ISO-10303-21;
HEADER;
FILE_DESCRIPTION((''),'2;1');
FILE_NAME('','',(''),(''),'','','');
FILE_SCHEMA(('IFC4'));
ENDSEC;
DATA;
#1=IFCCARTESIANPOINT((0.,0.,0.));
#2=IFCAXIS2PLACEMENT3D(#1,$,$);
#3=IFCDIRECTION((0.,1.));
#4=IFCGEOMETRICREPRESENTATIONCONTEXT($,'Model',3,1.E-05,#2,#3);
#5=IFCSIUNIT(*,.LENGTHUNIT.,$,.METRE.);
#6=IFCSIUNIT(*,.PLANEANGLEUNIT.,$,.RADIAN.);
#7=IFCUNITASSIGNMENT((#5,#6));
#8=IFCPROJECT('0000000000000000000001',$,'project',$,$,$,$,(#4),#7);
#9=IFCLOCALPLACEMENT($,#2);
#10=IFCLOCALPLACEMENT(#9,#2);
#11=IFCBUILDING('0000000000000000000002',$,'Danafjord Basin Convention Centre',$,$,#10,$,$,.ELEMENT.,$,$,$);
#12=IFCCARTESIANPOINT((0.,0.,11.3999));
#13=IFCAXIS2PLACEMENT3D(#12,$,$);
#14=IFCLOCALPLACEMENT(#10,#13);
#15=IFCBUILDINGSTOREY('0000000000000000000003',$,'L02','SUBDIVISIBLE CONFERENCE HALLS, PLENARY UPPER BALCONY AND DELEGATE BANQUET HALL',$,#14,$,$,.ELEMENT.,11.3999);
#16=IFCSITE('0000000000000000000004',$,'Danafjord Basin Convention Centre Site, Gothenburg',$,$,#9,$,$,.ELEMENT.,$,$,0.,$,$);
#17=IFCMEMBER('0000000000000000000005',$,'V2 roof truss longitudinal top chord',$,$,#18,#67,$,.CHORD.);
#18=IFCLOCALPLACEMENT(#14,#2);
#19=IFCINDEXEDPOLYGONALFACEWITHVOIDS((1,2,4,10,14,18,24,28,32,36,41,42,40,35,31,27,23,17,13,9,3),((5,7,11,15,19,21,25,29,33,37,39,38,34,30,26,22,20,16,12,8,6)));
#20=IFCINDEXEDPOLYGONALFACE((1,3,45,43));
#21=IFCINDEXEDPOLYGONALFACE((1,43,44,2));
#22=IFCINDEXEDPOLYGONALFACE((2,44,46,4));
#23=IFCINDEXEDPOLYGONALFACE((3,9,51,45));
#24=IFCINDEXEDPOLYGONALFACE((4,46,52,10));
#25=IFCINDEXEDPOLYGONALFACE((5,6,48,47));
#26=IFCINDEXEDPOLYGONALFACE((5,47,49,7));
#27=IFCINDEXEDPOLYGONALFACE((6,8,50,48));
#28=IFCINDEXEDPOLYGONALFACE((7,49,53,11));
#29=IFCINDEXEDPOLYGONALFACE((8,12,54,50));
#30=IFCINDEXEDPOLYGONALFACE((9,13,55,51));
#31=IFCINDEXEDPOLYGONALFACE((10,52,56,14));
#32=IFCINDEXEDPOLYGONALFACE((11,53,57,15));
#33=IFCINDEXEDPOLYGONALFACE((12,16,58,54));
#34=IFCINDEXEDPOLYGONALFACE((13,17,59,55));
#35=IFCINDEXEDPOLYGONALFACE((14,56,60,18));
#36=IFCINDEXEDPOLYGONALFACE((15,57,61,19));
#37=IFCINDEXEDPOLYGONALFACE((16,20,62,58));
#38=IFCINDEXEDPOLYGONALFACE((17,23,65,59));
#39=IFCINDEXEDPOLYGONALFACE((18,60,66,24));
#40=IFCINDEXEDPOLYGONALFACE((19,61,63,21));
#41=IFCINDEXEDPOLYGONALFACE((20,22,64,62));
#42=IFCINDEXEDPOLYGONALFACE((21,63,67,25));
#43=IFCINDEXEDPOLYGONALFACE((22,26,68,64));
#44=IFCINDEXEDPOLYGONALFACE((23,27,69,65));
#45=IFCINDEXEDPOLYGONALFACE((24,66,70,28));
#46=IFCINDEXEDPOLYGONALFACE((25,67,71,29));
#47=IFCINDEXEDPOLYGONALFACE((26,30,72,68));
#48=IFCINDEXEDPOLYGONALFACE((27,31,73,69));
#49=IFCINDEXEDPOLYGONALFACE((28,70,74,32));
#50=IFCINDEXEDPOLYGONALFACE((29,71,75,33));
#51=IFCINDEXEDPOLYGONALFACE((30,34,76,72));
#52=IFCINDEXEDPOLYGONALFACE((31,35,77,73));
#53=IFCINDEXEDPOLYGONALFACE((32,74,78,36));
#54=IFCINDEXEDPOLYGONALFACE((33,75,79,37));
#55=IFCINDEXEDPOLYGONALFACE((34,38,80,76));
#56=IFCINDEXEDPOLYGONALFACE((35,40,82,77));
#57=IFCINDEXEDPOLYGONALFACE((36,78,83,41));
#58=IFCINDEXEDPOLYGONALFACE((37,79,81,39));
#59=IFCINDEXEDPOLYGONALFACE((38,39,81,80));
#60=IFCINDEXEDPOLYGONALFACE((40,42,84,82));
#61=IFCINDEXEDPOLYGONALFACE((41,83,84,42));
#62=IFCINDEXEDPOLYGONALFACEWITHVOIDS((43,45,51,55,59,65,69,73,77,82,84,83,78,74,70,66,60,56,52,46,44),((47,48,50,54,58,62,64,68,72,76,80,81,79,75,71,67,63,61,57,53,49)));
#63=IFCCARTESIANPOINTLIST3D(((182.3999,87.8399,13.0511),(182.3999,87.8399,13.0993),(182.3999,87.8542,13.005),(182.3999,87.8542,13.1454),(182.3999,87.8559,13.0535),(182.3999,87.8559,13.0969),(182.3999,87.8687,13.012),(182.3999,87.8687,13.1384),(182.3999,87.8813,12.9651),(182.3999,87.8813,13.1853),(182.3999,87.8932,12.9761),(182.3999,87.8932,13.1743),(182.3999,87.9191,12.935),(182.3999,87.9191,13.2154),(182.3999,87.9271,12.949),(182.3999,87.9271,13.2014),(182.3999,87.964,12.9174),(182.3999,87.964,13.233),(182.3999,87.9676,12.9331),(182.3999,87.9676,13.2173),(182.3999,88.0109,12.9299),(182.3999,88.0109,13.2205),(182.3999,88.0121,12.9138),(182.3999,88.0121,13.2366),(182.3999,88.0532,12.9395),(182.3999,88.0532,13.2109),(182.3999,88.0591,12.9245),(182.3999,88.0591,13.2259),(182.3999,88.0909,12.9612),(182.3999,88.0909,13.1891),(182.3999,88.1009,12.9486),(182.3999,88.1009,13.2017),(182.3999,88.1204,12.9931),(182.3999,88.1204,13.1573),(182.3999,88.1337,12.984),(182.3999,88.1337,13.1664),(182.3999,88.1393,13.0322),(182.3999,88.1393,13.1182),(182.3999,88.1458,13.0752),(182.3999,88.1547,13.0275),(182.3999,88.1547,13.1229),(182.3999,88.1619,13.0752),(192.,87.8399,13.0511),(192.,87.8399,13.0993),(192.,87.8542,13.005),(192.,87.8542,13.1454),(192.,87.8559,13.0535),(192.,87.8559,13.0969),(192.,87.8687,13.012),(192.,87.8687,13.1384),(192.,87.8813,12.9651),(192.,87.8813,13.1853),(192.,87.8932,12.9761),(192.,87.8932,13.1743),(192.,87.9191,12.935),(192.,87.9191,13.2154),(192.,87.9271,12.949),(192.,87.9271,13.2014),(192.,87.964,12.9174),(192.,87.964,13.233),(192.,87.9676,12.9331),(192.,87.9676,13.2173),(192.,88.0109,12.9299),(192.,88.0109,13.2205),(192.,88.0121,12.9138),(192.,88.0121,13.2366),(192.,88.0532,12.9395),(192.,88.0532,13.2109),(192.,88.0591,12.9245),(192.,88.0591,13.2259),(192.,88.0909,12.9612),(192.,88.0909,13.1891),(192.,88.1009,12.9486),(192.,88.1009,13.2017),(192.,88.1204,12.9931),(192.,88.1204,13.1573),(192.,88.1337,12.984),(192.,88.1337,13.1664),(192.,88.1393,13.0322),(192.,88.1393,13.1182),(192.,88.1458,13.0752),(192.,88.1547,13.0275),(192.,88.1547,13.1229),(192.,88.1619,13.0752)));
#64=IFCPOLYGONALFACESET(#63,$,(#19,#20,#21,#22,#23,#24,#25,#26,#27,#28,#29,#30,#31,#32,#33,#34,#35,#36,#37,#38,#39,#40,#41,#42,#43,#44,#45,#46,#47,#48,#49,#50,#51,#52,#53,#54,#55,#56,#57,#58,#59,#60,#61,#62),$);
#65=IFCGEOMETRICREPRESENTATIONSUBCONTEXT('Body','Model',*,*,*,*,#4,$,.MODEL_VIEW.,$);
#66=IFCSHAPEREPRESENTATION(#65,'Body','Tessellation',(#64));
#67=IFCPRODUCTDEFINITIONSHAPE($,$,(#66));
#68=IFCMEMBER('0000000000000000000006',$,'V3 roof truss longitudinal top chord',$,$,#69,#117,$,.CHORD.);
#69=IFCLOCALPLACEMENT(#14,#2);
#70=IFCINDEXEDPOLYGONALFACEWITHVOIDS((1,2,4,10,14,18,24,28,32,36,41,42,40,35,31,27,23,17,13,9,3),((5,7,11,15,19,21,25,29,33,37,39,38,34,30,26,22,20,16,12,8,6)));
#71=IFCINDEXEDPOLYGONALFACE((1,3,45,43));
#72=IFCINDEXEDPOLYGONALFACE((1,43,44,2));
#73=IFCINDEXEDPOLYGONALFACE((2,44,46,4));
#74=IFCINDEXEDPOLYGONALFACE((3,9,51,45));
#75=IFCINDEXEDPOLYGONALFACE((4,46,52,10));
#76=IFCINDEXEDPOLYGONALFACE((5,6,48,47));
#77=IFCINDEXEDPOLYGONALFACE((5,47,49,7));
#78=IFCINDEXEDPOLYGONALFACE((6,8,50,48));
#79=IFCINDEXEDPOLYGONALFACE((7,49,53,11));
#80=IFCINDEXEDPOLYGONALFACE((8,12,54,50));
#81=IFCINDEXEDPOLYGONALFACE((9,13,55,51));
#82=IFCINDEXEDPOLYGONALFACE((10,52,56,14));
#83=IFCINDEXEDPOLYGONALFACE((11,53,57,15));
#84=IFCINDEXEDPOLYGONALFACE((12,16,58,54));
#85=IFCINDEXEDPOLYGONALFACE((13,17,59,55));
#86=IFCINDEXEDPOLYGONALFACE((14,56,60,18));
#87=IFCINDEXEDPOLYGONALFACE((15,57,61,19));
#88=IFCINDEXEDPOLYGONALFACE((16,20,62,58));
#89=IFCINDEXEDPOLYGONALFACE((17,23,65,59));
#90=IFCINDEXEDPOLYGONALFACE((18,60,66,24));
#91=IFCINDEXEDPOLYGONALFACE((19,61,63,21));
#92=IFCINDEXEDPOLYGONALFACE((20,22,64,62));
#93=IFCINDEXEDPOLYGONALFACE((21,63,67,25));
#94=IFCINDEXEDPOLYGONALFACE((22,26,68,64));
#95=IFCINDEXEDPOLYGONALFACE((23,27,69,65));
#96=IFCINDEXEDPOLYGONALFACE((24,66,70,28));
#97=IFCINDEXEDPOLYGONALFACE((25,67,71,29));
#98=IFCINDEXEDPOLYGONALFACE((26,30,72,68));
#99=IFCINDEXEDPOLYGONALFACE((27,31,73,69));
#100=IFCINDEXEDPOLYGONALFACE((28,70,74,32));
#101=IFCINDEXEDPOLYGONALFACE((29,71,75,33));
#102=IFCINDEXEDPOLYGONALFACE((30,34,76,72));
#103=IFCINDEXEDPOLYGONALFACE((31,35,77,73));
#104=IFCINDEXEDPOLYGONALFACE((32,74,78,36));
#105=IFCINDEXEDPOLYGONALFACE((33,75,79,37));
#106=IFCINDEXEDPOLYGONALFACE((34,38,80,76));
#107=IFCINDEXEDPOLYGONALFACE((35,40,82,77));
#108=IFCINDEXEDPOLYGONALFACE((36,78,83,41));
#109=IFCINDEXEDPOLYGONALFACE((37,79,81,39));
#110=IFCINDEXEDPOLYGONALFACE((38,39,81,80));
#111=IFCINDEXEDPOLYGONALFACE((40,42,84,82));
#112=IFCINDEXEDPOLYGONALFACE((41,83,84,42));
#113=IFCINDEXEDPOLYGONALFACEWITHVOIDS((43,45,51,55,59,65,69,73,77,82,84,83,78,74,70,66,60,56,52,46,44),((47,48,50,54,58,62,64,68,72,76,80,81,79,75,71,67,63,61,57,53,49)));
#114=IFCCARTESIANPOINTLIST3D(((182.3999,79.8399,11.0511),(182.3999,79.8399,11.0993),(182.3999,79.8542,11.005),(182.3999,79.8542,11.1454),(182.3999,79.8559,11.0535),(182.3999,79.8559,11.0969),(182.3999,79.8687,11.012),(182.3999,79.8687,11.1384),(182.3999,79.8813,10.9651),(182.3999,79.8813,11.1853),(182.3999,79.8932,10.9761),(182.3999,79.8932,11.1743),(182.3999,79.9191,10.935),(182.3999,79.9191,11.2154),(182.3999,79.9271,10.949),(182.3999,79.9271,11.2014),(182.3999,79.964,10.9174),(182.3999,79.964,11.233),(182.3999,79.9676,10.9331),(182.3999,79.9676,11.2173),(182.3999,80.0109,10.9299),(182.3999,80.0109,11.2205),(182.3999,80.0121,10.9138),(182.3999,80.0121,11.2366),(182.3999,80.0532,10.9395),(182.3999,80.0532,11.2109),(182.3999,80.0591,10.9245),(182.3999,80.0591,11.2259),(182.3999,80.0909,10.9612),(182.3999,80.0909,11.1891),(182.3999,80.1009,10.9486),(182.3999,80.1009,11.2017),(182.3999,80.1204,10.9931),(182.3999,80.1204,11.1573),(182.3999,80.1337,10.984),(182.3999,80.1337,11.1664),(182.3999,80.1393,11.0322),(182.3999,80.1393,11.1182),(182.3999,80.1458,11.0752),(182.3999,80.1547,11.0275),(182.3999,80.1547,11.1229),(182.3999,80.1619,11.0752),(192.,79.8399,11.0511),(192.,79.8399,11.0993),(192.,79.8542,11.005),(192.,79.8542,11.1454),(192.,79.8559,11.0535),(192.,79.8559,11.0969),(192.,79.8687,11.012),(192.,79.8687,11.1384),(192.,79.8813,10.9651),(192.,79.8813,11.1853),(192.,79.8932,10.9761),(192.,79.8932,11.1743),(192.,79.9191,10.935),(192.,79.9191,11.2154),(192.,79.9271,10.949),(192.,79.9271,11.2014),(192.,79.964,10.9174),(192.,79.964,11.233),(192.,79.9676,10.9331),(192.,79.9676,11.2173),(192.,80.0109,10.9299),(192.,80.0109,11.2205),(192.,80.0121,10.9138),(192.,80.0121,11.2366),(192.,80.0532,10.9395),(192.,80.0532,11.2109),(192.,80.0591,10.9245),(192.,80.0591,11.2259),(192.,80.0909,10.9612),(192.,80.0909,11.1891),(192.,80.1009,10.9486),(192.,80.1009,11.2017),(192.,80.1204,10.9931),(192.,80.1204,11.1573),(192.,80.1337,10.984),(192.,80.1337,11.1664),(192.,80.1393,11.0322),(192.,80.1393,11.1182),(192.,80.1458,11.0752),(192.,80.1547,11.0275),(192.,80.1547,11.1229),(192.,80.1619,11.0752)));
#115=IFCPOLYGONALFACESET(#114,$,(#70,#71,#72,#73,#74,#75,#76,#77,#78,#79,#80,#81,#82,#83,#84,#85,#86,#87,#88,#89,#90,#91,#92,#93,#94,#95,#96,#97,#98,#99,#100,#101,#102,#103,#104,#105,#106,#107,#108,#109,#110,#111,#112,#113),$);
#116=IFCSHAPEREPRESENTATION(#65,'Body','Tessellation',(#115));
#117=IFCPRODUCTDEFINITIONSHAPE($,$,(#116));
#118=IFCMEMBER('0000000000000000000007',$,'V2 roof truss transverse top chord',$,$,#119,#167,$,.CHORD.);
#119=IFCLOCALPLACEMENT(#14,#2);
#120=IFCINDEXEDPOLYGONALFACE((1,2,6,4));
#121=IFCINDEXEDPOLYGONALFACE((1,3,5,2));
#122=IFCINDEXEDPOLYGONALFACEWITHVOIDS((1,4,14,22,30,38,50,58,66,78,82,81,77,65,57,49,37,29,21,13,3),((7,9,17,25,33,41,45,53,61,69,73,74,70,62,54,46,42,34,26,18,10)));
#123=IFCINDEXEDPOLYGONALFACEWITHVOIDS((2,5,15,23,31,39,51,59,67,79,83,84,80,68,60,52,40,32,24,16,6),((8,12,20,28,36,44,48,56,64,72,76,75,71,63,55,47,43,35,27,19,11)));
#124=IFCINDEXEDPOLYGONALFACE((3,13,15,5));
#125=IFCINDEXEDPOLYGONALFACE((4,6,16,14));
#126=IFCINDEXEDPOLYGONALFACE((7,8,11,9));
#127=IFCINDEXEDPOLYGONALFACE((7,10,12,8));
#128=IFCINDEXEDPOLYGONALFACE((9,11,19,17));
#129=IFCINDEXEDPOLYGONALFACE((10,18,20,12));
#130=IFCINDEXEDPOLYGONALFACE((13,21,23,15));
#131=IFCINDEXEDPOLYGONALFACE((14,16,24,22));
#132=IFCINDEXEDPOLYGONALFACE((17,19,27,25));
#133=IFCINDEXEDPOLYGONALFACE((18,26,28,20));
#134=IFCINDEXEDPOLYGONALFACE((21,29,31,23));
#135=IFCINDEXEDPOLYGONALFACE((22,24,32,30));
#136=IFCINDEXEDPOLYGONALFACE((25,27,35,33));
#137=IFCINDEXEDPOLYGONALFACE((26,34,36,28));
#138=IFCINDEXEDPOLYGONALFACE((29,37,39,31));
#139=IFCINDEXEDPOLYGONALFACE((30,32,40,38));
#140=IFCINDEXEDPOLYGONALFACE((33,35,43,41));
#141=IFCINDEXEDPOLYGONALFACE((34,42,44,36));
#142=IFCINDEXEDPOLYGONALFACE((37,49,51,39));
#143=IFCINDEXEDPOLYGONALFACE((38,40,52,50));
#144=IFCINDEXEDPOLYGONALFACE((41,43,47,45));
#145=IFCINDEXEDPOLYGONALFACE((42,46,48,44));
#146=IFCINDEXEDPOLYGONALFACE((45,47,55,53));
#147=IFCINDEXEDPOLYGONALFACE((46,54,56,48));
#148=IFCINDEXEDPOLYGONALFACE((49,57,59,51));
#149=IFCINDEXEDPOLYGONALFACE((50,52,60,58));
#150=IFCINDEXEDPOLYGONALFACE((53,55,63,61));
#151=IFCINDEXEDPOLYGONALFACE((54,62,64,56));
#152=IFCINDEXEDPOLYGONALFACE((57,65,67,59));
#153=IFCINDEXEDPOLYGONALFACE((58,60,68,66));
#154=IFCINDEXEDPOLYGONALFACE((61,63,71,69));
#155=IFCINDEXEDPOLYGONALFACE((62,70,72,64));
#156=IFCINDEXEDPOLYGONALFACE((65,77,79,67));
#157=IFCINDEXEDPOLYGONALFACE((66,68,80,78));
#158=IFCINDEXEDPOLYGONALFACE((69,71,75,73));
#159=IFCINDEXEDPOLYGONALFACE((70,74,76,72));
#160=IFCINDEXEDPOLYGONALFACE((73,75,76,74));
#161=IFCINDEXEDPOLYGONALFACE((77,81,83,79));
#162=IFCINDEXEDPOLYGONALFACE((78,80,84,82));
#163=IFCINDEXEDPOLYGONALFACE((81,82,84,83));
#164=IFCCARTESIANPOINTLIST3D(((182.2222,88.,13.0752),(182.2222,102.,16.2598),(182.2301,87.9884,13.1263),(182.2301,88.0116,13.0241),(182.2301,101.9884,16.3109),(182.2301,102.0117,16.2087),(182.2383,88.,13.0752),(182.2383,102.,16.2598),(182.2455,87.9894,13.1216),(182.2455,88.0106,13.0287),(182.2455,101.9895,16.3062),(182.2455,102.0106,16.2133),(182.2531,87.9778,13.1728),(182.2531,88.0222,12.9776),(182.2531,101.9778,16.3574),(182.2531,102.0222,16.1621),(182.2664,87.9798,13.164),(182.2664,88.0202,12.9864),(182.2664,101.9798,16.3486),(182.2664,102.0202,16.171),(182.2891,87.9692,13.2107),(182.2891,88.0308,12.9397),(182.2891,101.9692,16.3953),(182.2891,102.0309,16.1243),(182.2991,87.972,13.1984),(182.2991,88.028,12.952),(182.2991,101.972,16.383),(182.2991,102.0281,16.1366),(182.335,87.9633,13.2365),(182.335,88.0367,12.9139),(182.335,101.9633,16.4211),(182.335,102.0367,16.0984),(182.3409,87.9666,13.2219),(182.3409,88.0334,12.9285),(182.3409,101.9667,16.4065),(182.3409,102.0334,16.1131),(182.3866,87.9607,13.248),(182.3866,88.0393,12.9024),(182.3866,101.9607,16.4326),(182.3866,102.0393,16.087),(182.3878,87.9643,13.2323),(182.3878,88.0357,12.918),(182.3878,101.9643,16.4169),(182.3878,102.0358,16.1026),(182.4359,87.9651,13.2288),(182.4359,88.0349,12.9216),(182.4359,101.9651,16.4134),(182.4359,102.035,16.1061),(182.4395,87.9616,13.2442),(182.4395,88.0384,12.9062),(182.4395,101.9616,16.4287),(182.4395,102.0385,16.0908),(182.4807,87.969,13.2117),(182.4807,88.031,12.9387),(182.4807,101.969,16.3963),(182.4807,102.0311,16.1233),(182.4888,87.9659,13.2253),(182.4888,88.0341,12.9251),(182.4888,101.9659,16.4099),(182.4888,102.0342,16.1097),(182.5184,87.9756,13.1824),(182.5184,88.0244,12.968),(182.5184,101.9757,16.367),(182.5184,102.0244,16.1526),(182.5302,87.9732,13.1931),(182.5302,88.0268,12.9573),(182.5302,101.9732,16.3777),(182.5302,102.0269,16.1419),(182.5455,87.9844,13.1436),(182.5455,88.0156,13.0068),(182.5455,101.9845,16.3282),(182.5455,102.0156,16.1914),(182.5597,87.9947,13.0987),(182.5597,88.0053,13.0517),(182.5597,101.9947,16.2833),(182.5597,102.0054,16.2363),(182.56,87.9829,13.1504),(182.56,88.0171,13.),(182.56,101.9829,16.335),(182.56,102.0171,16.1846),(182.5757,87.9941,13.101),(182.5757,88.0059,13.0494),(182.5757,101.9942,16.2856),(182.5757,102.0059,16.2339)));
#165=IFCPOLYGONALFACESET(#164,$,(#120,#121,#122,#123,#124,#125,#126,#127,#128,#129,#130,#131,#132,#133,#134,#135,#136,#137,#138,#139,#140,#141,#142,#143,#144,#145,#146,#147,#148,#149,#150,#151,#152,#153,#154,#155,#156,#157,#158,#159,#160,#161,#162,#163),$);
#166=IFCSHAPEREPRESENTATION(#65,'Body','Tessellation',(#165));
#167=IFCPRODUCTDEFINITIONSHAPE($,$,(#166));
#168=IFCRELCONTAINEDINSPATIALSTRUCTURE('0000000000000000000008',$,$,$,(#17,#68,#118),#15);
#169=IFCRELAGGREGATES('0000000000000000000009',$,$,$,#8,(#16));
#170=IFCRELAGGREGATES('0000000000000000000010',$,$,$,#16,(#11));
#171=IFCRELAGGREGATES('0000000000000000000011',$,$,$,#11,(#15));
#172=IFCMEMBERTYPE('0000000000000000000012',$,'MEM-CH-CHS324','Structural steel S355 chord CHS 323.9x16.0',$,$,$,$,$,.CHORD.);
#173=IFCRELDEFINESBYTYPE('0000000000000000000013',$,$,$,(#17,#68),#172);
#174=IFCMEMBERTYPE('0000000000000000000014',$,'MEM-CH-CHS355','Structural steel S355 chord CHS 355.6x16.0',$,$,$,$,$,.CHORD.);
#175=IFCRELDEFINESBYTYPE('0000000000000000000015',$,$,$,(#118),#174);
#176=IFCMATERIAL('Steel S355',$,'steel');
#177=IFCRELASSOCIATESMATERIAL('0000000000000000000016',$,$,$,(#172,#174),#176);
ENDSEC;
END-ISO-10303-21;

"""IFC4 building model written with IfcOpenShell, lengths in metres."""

from ifc_helpers import new_model, si_unit, direction, frame, origin, origin_2d, place, context, subcontext, project, spatial, hollow_circle, extrude, material, material_profile, profile_set, type_object, element, save


model = new_model("IFC4")

# Units and contexts
model_context = context("Model", 3, precision=1e-05, world=origin(), true_north=direction((0.0, 1.0)))
body_context = subcontext(model_context, "Body", "Model", "MODEL_VIEW")
ifc_project = project(units=[si_unit("LENGTHUNIT", "METRE"), si_unit("PLANEANGLEUNIT", "RADIAN")], contexts=[model_context])

# Site, building, storey
site_placement = place(None, origin())
site = spatial("IfcSite", under=ifc_project, at=site_placement, Name="Danafjord Basin Convention Centre Site, Gothenburg", CompositionType="ELEMENT", RefElevation=0.0)
building_placement = place(site_placement, origin())
building = spatial("IfcBuilding", under=site, at=building_placement, Name="Danafjord Basin Convention Centre", CompositionType="ELEMENT")
storey_placement = place(building_placement, frame((0.0, 0.0, 11.3999)))
storey = spatial("IfcBuildingStorey", under=building, at=storey_placement, Name="L02", Description="SUBDIVISIBLE CONFERENCE HALLS, PLENARY UPPER BALCONY AND DELEGATE BANQUET HALL", CompositionType="ELEMENT", Elevation=11.3999)

# Shared definitions
ifc_material = material(Name="Steel S355", Category="steel")

# Members
ifc_material_profile_1 = material_profile(ifc_material, hollow_circle(Radius=0.1619, WallThickness=0.0161, at=origin_2d()), Name="CHS 323.9x16.0")
ifc_profile_set_1 = profile_set([ifc_material_profile_1], Name="Steel S355")
member_type_1 = type_object("IfcMemberType", Name="MEM-CH-CHS324", Description="Structural steel S355 chord CHS 323.9x16.0", PredefinedType="CHORD", material=ifc_profile_set_1)
for number, where, z_axis, x_axis, name in (
    (1, (182.3999, 88.0, 13.0752), (1.0, 0.0, 0.0), (0.0, 1.0, 0.0), "V2 roof truss longitudinal top chord"),
    (2, (182.3999, 80.0, 11.0752), (1.0, 0.0, 0.0), (0.0, 1.0, 0.0), "V3 roof truss longitudinal top chord"),
):
    element("IfcMember", number, at=place(storey_placement, frame(where, z_axis=z_axis, x_axis=x_axis)), inside=storey, type_object=member_type_1, Name=name, PredefinedType="CHORD", context=body_context, shape_type="SweptSolid", body=[
        extrude(hollow_circle(Radius=0.1619, WallThickness=0.0161, at=origin_2d()), origin(), (0.0, 0.0, 1.0), 9.6001),
    ])
ifc_material_profile_2 = material_profile(ifc_material, hollow_circle(Radius=0.1777, WallThickness=0.0161, at=origin_2d()), Name="CHS 355.6x16.0")
ifc_profile_set_2 = profile_set([ifc_material_profile_2], Name="Steel S355")
member_type_2 = type_object("IfcMemberType", Name="MEM-CH-CHS355", Description="Structural steel S355 chord CHS 355.6x16.0", PredefinedType="CHORD", material=ifc_profile_set_2)
member_1_placement = place(storey_placement, frame((182.3999, 88.0, 13.0752), z_axis=(0.0, 0.975091, 0.221803), x_axis=(-1.0, 0.0, 0.0)))
element("IfcMember", 3, at=member_1_placement, inside=storey, type_object=member_type_2, Name="V2 roof truss transverse top chord", PredefinedType="CHORD", context=body_context, shape_type="SweptSolid", body=[
    extrude(hollow_circle(Radius=0.1777, WallThickness=0.0161, at=origin_2d()), origin(), (0.0, 0.0, 1.0), 14.3577),
])

save(model, "model.ifc")
